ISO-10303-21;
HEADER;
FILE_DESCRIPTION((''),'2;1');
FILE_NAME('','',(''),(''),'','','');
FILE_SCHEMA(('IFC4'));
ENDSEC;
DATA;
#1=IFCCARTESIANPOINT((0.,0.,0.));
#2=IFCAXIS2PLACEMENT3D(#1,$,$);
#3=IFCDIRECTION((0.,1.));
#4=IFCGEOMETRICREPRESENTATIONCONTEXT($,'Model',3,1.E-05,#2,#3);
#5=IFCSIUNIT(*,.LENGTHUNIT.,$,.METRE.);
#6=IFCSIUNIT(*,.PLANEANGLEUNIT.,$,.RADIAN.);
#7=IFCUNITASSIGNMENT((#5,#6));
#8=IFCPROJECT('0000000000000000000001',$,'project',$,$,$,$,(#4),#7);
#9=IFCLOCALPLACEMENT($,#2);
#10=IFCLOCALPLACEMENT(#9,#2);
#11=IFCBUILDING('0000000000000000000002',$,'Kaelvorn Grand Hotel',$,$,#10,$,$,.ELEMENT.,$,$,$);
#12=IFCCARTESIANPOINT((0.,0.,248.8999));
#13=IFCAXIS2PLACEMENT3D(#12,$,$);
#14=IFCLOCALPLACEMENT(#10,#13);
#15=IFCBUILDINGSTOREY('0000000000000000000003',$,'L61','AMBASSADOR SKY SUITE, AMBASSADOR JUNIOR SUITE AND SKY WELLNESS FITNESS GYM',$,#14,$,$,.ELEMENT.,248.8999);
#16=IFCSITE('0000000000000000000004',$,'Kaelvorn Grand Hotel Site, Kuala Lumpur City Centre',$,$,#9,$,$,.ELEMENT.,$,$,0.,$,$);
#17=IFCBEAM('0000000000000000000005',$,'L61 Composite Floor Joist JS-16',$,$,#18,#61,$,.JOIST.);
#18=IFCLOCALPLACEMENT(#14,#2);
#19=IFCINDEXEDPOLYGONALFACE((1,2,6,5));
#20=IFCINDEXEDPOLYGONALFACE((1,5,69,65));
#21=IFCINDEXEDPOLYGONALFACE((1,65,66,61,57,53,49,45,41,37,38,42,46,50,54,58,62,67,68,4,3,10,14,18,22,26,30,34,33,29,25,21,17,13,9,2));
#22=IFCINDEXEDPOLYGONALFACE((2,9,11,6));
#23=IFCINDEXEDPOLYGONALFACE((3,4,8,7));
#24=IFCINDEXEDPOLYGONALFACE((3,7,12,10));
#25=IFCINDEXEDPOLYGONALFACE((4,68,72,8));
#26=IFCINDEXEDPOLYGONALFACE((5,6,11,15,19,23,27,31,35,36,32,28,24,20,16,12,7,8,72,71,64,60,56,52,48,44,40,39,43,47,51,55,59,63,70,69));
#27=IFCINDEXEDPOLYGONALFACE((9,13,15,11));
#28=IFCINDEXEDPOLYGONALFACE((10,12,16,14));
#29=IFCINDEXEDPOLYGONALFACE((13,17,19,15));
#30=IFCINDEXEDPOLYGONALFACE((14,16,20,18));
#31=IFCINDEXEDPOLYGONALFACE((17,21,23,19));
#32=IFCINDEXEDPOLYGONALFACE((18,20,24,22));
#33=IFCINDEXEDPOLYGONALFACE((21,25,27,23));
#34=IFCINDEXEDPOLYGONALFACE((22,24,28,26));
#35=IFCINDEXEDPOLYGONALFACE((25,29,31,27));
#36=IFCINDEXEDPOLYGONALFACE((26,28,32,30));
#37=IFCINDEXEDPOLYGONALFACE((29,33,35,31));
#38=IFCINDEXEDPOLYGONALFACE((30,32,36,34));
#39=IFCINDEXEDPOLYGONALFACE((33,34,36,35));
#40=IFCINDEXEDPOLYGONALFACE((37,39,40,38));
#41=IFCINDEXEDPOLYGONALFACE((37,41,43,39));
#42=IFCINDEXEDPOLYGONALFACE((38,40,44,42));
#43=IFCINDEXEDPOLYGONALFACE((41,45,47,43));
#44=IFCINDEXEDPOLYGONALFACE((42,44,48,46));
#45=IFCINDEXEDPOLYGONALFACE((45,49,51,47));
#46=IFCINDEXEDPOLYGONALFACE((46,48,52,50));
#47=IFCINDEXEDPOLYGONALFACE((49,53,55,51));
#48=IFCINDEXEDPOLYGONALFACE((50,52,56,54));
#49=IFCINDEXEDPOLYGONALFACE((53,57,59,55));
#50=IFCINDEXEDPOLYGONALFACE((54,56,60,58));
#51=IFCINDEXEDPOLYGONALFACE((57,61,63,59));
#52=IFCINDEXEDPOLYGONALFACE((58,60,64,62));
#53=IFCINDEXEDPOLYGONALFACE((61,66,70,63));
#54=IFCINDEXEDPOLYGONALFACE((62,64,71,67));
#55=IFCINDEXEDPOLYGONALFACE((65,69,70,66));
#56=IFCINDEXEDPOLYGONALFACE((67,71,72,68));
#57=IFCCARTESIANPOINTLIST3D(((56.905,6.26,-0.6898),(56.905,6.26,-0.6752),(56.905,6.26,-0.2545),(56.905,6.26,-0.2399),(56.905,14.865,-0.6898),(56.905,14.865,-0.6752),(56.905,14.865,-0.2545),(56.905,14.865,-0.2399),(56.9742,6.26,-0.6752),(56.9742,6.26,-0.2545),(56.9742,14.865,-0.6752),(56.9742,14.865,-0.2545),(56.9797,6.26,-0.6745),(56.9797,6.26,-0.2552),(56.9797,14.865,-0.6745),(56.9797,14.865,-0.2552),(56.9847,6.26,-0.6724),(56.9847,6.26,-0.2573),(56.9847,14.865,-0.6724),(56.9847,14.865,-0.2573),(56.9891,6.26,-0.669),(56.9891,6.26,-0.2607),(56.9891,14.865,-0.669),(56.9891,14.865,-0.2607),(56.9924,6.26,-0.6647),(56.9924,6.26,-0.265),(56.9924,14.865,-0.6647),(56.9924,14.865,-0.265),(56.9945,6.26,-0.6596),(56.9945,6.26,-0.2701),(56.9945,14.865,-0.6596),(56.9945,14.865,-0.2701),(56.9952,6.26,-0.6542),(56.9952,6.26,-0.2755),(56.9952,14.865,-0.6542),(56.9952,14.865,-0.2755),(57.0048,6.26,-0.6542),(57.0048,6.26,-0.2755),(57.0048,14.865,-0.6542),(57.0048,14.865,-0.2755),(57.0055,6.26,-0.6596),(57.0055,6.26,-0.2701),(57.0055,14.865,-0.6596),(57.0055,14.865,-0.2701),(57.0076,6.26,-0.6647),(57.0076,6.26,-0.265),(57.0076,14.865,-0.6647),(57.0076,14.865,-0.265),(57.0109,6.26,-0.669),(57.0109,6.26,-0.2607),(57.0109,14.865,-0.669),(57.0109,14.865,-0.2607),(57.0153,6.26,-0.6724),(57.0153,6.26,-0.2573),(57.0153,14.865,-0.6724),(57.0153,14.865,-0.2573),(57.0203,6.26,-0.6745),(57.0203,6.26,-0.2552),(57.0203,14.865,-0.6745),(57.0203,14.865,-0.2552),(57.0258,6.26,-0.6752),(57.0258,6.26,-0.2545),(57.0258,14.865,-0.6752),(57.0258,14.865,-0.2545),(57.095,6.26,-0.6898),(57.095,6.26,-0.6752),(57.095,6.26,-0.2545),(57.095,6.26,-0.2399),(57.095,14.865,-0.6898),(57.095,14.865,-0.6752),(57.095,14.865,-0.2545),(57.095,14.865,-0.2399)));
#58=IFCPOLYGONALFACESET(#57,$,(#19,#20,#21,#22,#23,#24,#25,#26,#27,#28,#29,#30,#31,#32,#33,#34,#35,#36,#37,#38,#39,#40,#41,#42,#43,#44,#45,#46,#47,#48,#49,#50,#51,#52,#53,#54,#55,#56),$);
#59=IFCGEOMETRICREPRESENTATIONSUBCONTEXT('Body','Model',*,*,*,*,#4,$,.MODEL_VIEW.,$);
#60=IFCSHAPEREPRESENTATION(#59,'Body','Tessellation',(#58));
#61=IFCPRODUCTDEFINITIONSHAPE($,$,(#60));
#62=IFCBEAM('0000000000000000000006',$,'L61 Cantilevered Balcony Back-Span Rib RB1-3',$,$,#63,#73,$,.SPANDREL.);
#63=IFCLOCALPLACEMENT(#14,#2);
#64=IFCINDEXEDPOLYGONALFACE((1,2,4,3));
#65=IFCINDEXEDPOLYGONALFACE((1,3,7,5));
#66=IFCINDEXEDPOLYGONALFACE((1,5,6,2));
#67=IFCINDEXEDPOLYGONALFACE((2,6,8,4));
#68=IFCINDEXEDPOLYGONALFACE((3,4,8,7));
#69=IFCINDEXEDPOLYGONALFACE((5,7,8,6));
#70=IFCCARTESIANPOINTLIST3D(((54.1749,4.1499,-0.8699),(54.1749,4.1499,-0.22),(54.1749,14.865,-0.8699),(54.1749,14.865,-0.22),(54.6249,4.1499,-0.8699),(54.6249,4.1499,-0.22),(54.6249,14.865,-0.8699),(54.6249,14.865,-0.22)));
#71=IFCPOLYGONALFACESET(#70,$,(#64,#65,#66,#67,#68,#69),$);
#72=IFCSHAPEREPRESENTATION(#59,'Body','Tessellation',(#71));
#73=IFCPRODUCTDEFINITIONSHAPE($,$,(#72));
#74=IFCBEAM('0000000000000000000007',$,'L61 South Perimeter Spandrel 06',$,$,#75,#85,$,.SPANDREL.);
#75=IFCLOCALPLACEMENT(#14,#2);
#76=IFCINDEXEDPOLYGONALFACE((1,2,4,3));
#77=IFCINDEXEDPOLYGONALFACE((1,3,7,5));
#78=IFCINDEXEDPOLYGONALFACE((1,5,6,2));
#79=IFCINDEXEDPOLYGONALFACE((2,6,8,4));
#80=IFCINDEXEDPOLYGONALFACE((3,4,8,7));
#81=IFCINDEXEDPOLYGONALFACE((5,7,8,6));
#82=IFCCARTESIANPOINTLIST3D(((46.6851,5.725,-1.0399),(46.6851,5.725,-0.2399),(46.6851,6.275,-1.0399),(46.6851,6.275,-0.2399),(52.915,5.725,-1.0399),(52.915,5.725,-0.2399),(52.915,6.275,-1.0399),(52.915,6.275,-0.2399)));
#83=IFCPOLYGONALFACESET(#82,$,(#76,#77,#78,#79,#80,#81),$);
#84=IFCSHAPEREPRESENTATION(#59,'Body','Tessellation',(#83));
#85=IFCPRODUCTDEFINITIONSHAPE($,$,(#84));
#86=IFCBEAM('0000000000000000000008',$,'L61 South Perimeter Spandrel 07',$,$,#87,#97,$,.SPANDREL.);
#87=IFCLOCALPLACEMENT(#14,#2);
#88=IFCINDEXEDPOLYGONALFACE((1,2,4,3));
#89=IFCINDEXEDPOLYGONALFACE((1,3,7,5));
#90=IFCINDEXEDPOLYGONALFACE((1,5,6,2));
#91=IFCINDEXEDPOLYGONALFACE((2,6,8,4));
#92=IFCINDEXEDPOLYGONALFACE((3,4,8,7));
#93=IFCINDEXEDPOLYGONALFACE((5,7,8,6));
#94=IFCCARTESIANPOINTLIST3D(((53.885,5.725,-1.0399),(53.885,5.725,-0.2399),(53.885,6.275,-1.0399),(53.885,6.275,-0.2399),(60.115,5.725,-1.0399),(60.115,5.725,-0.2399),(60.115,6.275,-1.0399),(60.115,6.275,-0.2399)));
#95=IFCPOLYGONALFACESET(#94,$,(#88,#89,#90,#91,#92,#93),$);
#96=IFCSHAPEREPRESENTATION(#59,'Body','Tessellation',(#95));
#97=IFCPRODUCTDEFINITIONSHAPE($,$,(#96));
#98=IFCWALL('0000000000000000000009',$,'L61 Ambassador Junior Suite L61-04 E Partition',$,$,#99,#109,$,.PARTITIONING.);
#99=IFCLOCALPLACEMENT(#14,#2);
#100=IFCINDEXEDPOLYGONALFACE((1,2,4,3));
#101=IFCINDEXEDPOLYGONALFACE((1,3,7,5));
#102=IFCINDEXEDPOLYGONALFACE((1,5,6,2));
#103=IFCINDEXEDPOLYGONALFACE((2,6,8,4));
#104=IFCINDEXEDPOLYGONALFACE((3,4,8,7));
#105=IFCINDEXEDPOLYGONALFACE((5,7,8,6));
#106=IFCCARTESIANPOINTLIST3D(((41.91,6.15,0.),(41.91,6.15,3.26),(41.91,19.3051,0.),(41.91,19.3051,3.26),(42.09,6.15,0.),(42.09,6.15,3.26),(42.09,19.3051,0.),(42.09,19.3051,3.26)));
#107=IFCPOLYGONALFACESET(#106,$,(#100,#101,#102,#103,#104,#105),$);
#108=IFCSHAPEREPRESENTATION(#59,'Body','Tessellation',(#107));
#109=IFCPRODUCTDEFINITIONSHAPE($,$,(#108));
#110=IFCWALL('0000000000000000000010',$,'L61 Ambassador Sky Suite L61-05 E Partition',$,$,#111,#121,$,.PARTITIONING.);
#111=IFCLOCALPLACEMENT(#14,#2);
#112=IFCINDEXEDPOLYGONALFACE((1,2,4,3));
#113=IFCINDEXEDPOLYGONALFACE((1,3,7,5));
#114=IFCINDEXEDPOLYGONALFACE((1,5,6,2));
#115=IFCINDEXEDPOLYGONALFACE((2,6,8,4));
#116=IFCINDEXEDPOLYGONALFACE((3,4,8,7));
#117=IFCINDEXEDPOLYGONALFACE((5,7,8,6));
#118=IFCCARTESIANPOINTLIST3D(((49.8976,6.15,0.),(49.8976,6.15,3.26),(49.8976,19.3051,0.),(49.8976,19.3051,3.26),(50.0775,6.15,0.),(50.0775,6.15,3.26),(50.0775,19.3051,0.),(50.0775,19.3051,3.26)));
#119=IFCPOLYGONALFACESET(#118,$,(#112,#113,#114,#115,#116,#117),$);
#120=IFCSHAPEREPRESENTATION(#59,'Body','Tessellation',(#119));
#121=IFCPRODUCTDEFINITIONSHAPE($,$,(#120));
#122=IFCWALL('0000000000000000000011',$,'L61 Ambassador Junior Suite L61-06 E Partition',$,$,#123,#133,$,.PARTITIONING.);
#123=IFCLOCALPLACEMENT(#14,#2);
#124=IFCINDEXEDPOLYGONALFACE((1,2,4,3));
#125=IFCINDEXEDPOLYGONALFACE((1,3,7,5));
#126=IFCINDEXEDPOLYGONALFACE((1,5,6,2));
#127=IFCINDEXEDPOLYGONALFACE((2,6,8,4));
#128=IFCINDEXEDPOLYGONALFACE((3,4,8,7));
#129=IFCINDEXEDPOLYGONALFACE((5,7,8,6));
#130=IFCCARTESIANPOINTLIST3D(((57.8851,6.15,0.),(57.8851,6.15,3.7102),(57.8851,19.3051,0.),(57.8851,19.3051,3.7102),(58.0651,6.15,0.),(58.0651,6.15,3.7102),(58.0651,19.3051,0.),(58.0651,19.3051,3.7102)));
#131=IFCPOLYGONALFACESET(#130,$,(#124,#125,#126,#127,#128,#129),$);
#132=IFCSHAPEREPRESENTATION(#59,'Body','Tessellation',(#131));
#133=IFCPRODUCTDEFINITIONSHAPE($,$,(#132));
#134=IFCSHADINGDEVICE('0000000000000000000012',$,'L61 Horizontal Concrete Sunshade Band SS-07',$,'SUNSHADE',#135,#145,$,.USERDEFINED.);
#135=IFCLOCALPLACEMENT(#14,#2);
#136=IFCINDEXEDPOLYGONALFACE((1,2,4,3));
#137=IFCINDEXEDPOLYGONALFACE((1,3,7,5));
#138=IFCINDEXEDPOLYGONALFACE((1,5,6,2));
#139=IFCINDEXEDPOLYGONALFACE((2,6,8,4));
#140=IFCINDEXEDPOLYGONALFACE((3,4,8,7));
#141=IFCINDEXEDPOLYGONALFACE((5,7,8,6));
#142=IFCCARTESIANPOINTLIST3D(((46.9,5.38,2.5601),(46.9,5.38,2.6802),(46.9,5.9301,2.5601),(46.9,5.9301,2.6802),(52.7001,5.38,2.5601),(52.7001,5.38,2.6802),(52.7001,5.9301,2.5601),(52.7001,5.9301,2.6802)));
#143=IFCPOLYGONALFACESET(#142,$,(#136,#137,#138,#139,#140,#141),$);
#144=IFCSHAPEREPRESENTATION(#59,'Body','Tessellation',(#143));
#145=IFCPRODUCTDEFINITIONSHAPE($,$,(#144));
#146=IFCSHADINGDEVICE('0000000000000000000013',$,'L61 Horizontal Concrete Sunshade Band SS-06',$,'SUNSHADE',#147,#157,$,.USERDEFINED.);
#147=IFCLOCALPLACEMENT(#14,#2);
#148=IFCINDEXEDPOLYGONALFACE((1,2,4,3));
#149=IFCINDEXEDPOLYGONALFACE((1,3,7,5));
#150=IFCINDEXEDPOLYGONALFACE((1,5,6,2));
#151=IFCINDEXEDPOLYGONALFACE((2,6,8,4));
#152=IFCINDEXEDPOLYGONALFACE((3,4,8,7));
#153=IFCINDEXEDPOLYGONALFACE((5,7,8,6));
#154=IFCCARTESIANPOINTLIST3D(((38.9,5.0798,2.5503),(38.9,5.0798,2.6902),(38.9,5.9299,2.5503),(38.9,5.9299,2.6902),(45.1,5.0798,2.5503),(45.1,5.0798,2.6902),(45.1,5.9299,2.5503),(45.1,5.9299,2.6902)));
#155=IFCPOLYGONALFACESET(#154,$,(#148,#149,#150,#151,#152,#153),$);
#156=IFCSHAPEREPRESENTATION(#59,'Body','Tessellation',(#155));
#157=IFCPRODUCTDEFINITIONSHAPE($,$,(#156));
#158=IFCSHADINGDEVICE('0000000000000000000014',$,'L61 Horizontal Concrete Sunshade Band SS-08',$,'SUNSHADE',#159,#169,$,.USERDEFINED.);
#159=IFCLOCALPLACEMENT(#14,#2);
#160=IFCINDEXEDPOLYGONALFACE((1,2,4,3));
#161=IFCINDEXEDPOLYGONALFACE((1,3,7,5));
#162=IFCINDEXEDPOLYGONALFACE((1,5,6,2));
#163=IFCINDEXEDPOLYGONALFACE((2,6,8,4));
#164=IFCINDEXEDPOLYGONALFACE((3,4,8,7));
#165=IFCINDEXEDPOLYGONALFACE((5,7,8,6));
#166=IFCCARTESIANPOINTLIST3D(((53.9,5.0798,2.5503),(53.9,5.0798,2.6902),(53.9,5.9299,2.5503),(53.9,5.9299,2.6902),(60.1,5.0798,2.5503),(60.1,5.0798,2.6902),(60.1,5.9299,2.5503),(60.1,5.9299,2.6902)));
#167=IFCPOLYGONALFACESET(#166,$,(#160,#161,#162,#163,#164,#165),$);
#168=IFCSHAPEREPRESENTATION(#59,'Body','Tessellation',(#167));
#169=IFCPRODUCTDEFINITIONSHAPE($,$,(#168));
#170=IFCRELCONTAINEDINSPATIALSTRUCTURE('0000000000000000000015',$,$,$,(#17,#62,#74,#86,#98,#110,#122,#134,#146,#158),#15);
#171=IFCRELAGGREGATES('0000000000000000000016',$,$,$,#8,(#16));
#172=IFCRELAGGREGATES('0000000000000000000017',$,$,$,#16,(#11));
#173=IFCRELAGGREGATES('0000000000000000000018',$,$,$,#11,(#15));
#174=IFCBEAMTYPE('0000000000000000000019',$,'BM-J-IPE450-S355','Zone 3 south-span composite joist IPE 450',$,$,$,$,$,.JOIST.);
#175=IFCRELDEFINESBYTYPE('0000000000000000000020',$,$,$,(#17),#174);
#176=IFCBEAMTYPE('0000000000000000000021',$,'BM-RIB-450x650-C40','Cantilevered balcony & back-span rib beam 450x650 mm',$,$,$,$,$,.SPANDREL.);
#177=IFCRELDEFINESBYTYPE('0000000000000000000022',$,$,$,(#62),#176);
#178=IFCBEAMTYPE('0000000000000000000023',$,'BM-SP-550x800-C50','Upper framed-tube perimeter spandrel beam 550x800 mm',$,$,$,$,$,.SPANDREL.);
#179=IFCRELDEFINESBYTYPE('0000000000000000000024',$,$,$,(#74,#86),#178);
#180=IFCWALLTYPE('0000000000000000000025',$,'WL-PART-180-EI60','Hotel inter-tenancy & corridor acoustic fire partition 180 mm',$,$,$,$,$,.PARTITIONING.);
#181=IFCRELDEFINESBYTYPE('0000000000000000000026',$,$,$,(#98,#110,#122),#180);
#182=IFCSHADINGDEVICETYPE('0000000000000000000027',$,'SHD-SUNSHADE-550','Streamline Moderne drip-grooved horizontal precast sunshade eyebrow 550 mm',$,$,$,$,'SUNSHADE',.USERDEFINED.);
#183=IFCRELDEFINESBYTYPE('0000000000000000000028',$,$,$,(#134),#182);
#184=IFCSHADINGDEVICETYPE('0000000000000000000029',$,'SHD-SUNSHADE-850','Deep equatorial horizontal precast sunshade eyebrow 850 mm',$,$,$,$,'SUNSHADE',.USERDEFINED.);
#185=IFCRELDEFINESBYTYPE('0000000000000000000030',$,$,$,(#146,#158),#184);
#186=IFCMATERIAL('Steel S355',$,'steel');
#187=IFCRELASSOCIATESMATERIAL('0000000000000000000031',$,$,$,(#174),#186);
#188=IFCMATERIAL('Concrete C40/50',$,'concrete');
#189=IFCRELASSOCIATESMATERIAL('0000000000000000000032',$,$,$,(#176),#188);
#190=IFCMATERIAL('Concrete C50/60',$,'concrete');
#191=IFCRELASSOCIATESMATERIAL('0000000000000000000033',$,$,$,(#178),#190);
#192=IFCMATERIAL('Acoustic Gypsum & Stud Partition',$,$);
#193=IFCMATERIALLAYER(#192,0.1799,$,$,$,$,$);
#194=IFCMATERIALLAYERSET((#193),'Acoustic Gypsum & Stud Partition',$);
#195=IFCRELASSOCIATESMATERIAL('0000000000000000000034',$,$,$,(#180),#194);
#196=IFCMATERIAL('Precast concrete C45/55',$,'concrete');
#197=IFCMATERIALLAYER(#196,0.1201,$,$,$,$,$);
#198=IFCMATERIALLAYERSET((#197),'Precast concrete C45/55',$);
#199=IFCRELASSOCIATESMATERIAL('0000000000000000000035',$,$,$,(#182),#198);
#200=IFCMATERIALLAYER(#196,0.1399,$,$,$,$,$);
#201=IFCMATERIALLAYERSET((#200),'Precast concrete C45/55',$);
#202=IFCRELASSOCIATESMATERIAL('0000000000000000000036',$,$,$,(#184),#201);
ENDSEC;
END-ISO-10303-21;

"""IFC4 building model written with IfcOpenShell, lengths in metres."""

from ifc_helpers import new_model, si_unit, direction, frame, frame_2d, origin, origin_2d, place, context, subcontext, project, spatial, rectangle, i_section, extrude, material, layer, layer_set, material_profile, profile_set, type_object, element, save


model = new_model("IFC4")

# Units and contexts
model_context = context("Model", 3, precision=1e-05, world=origin(), true_north=direction((0.0, 1.0)))
body_context = subcontext(model_context, "Body", "Model", "MODEL_VIEW")
ifc_project = project(units=[si_unit("LENGTHUNIT", "METRE"), si_unit("PLANEANGLEUNIT", "RADIAN")], contexts=[model_context])

# Site, building, storey
site_placement = place(None, origin())
site = spatial("IfcSite", under=ifc_project, at=site_placement, Name="Kaelvorn Grand Hotel Site, Kuala Lumpur City Centre", CompositionType="ELEMENT", RefElevation=0.0)
building_placement = place(site_placement, origin())
building = spatial("IfcBuilding", under=site, at=building_placement, Name="Kaelvorn Grand Hotel", CompositionType="ELEMENT")
storey_placement = place(building_placement, frame((0.0, 0.0, 248.8999)))
storey = spatial("IfcBuildingStorey", under=building, at=storey_placement, Name="L61", Description="AMBASSADOR SKY SUITE, AMBASSADOR JUNIOR SUITE AND SKY WELLNESS FITNESS GYM", CompositionType="ELEMENT", Elevation=248.8999)

# Shared definitions
ifc_material_1 = material(Name="Concrete C50/60", Category="concrete")

# Beams
ifc_material_2 = material(Name="Steel S355", Category="steel")
ifc_material_profile_1 = material_profile(ifc_material_2, i_section(OverallWidth=0.1899, OverallDepth=0.45, WebThickness=0.0095, FlangeThickness=0.0146, FilletRadius=0.021, at=origin_2d()), Name="IPE 450")
ifc_profile_set_1 = profile_set([ifc_material_profile_1], Name="Steel S355")
beam_type_1 = type_object("IfcBeamType", Name="BM-J-IPE450-S355", Description="Zone 3 south-span composite joist IPE 450", PredefinedType="JOIST", material=ifc_profile_set_1)
beam_1_placement = place(storey_placement, frame((57.0, 6.26, -0.4648), z_axis=(0.0, 1.0, 0.0), x_axis=(-1.0, 0.0, 0.0)))
element("IfcBeam", 1, at=beam_1_placement, inside=storey, type_object=beam_type_1, Name="L61 Composite Floor Joist JS-16", PredefinedType="JOIST", context=body_context, shape_type="SweptSolid", body=[
    extrude(i_section(OverallWidth=0.1899, OverallDepth=0.45, WebThickness=0.0095, FlangeThickness=0.0146, FilletRadius=0.021, at=origin_2d()), origin(), (0.0, 0.0, 1.0), 8.605),
])
ifc_material_3 = material(Name="Concrete C40/50", Category="concrete")
ifc_material_profile_2 = material_profile(ifc_material_3, rectangle(XDim=0.45, YDim=0.6499, at=origin_2d()), Name="RC RIB 450x650")
ifc_profile_set_2 = profile_set([ifc_material_profile_2], Name="Concrete C40/50")
beam_type_2 = type_object("IfcBeamType", Name="BM-RIB-450x650-C40", Description="Cantilevered balcony & back-span rib beam 450x650 mm", PredefinedType="SPANDREL", material=ifc_profile_set_2)
beam_2_placement = place(storey_placement, frame((54.3999, 4.1499, -0.5449), z_axis=(0.0, 1.0, 0.0), x_axis=(-1.0, 0.0, 0.0)))
element("IfcBeam", 2, at=beam_2_placement, inside=storey, type_object=beam_type_2, Name="L61 Cantilevered Balcony Back-Span Rib RB1-3", PredefinedType="SPANDREL", context=body_context, shape_type="SweptSolid", body=[
    extrude(rectangle(XDim=0.45, YDim=0.6499, at=origin_2d()), origin(), (0.0, 0.0, 1.0), 10.7151),
])
ifc_material_profile_3 = material_profile(ifc_material_1, rectangle(XDim=0.55, YDim=0.8, at=origin_2d()), Name="RC SPANDREL 550x800")
ifc_profile_set_3 = profile_set([ifc_material_profile_3], Name="Concrete C50/60")
beam_type_3 = type_object("IfcBeamType", Name="BM-SP-550x800-C50", Description="Upper framed-tube perimeter spandrel beam 550x800 mm", PredefinedType="SPANDREL", material=ifc_profile_set_3)
for number, where, z_axis, x_axis, name in (
    (3, (46.6851, 6.0, -0.6399), (1.0, 0.0, 0.0), (0.0, 1.0, 0.0), "L61 South Perimeter Spandrel 06"),
    (4, (53.885, 6.0, -0.6399), (1.0, 0.0, 0.0), (0.0, 1.0, 0.0), "L61 South Perimeter Spandrel 07"),
):
    element("IfcBeam", number, at=place(storey_placement, frame(where, z_axis=z_axis, x_axis=x_axis)), inside=storey, type_object=beam_type_3, Name=name, PredefinedType="SPANDREL", context=body_context, shape_type="SweptSolid", body=[
        extrude(rectangle(XDim=0.55, YDim=0.8, at=origin_2d()), origin(), (0.0, 0.0, 1.0), 6.23),
    ])

# Walls
ifc_material_4 = material(Name="Acoustic Gypsum & Stud Partition")
ifc_layer_1 = layer(ifc_material_4, 0.1799)
ifc_layer_set_1 = layer_set([ifc_layer_1], Name="Acoustic Gypsum & Stud Partition")
wall_type = type_object("IfcWallType", Name="WL-PART-180-EI60", Description="Hotel inter-tenancy & corridor acoustic fire partition 180 mm", PredefinedType="PARTITIONING", material=ifc_layer_set_1)
for number, where, z_axis, x_axis, name in (
    (5, (42.0, 6.1499, 0.0), (0.0, 0.0, 1.0), (0.0, 1.0, 0.0), "L61 Ambassador Junior Suite L61-04 E Partition"),
    (6, (49.9875, 6.1499, 0.0), (0.0, 0.0, 1.0), (0.0, 1.0, 0.0), "L61 Ambassador Sky Suite L61-05 E Partition"),
):
    element("IfcWall", number, at=place(storey_placement, frame(where, z_axis=z_axis, x_axis=x_axis)), inside=storey, type_object=wall_type, Name=name, PredefinedType="PARTITIONING", context=body_context, shape_type="SweptSolid", body=[
        extrude(rectangle(XDim=13.155, YDim=0.1799, at=frame_2d((6.5776, 0.0))), origin(), (0.0, 0.0, 1.0), 3.26),
    ])
wall_placement = place(storey_placement, frame((57.9751, 6.1499, 0.0), z_axis=(0.0, 0.0, 1.0), x_axis=(0.0, 1.0, 0.0)))
element("IfcWall", 7, at=wall_placement, inside=storey, type_object=wall_type, Name="L61 Ambassador Junior Suite L61-06 E Partition", PredefinedType="PARTITIONING", context=body_context, shape_type="SweptSolid", body=[
    extrude(rectangle(XDim=13.155, YDim=0.1799, at=frame_2d((6.5776, 0.0))), origin(), (0.0, 0.0, 1.0), 3.7102),
])

# Shading devices
ifc_material_5 = material(Name="Precast concrete C45/55", Category="concrete")
ifc_layer_2 = layer(ifc_material_5, 0.1201)
ifc_layer_set_2 = layer_set([ifc_layer_2], Name="Precast concrete C45/55")
shading_device_type_1 = type_object("IfcShadingDeviceType", Name="SHD-SUNSHADE-550", Description="Streamline Moderne drip-grooved horizontal precast sunshade eyebrow 550 mm", ElementType="SUNSHADE", PredefinedType="USERDEFINED", material=ifc_layer_set_2)
shading_device_placement = place(storey_placement, frame((49.8, 5.655, 2.5601), z_axis=(0.0, 0.0, 1.0), x_axis=(1.0, 0.0, 0.0)))
element("IfcShadingDevice", 8, at=shading_device_placement, inside=storey, type_object=shading_device_type_1, Name="L61 Horizontal Concrete Sunshade Band SS-07", ObjectType="SUNSHADE", PredefinedType="USERDEFINED", context=body_context, shape_type="SweptSolid", body=[
    extrude(rectangle(XDim=5.8, YDim=0.55, at=origin_2d()), origin(), (0.0, 0.0, 1.0), 0.1201),
])
ifc_layer_3 = layer(ifc_material_5, 0.1399)
ifc_layer_set_3 = layer_set([ifc_layer_3], Name="Precast concrete C45/55")
shading_device_type_2 = type_object("IfcShadingDeviceType", Name="SHD-SUNSHADE-850", Description="Deep equatorial horizontal precast sunshade eyebrow 850 mm", ElementType="SUNSHADE", PredefinedType="USERDEFINED", material=ifc_layer_set_3)
for number, where, z_axis, x_axis, name in (
    (9, (42.0, 5.5049, 2.5503), (0.0, 0.0, 1.0), (1.0, 0.0, 0.0), "L61 Horizontal Concrete Sunshade Band SS-06"),
    (10, (57.0, 5.5049, 2.5503), (0.0, 0.0, 1.0), (1.0, 0.0, 0.0), "L61 Horizontal Concrete Sunshade Band SS-08"),
):
    element("IfcShadingDevice", number, at=place(storey_placement, frame(where, z_axis=z_axis, x_axis=x_axis)), inside=storey, type_object=shading_device_type_2, Name=name, ObjectType="SUNSHADE", PredefinedType="USERDEFINED", context=body_context, shape_type="SweptSolid", body=[
        extrude(rectangle(XDim=6.2, YDim=0.8501, at=origin_2d()), origin(), (0.0, 0.0, 1.0), 0.1399),
    ])

save(model, "model.ifc")
